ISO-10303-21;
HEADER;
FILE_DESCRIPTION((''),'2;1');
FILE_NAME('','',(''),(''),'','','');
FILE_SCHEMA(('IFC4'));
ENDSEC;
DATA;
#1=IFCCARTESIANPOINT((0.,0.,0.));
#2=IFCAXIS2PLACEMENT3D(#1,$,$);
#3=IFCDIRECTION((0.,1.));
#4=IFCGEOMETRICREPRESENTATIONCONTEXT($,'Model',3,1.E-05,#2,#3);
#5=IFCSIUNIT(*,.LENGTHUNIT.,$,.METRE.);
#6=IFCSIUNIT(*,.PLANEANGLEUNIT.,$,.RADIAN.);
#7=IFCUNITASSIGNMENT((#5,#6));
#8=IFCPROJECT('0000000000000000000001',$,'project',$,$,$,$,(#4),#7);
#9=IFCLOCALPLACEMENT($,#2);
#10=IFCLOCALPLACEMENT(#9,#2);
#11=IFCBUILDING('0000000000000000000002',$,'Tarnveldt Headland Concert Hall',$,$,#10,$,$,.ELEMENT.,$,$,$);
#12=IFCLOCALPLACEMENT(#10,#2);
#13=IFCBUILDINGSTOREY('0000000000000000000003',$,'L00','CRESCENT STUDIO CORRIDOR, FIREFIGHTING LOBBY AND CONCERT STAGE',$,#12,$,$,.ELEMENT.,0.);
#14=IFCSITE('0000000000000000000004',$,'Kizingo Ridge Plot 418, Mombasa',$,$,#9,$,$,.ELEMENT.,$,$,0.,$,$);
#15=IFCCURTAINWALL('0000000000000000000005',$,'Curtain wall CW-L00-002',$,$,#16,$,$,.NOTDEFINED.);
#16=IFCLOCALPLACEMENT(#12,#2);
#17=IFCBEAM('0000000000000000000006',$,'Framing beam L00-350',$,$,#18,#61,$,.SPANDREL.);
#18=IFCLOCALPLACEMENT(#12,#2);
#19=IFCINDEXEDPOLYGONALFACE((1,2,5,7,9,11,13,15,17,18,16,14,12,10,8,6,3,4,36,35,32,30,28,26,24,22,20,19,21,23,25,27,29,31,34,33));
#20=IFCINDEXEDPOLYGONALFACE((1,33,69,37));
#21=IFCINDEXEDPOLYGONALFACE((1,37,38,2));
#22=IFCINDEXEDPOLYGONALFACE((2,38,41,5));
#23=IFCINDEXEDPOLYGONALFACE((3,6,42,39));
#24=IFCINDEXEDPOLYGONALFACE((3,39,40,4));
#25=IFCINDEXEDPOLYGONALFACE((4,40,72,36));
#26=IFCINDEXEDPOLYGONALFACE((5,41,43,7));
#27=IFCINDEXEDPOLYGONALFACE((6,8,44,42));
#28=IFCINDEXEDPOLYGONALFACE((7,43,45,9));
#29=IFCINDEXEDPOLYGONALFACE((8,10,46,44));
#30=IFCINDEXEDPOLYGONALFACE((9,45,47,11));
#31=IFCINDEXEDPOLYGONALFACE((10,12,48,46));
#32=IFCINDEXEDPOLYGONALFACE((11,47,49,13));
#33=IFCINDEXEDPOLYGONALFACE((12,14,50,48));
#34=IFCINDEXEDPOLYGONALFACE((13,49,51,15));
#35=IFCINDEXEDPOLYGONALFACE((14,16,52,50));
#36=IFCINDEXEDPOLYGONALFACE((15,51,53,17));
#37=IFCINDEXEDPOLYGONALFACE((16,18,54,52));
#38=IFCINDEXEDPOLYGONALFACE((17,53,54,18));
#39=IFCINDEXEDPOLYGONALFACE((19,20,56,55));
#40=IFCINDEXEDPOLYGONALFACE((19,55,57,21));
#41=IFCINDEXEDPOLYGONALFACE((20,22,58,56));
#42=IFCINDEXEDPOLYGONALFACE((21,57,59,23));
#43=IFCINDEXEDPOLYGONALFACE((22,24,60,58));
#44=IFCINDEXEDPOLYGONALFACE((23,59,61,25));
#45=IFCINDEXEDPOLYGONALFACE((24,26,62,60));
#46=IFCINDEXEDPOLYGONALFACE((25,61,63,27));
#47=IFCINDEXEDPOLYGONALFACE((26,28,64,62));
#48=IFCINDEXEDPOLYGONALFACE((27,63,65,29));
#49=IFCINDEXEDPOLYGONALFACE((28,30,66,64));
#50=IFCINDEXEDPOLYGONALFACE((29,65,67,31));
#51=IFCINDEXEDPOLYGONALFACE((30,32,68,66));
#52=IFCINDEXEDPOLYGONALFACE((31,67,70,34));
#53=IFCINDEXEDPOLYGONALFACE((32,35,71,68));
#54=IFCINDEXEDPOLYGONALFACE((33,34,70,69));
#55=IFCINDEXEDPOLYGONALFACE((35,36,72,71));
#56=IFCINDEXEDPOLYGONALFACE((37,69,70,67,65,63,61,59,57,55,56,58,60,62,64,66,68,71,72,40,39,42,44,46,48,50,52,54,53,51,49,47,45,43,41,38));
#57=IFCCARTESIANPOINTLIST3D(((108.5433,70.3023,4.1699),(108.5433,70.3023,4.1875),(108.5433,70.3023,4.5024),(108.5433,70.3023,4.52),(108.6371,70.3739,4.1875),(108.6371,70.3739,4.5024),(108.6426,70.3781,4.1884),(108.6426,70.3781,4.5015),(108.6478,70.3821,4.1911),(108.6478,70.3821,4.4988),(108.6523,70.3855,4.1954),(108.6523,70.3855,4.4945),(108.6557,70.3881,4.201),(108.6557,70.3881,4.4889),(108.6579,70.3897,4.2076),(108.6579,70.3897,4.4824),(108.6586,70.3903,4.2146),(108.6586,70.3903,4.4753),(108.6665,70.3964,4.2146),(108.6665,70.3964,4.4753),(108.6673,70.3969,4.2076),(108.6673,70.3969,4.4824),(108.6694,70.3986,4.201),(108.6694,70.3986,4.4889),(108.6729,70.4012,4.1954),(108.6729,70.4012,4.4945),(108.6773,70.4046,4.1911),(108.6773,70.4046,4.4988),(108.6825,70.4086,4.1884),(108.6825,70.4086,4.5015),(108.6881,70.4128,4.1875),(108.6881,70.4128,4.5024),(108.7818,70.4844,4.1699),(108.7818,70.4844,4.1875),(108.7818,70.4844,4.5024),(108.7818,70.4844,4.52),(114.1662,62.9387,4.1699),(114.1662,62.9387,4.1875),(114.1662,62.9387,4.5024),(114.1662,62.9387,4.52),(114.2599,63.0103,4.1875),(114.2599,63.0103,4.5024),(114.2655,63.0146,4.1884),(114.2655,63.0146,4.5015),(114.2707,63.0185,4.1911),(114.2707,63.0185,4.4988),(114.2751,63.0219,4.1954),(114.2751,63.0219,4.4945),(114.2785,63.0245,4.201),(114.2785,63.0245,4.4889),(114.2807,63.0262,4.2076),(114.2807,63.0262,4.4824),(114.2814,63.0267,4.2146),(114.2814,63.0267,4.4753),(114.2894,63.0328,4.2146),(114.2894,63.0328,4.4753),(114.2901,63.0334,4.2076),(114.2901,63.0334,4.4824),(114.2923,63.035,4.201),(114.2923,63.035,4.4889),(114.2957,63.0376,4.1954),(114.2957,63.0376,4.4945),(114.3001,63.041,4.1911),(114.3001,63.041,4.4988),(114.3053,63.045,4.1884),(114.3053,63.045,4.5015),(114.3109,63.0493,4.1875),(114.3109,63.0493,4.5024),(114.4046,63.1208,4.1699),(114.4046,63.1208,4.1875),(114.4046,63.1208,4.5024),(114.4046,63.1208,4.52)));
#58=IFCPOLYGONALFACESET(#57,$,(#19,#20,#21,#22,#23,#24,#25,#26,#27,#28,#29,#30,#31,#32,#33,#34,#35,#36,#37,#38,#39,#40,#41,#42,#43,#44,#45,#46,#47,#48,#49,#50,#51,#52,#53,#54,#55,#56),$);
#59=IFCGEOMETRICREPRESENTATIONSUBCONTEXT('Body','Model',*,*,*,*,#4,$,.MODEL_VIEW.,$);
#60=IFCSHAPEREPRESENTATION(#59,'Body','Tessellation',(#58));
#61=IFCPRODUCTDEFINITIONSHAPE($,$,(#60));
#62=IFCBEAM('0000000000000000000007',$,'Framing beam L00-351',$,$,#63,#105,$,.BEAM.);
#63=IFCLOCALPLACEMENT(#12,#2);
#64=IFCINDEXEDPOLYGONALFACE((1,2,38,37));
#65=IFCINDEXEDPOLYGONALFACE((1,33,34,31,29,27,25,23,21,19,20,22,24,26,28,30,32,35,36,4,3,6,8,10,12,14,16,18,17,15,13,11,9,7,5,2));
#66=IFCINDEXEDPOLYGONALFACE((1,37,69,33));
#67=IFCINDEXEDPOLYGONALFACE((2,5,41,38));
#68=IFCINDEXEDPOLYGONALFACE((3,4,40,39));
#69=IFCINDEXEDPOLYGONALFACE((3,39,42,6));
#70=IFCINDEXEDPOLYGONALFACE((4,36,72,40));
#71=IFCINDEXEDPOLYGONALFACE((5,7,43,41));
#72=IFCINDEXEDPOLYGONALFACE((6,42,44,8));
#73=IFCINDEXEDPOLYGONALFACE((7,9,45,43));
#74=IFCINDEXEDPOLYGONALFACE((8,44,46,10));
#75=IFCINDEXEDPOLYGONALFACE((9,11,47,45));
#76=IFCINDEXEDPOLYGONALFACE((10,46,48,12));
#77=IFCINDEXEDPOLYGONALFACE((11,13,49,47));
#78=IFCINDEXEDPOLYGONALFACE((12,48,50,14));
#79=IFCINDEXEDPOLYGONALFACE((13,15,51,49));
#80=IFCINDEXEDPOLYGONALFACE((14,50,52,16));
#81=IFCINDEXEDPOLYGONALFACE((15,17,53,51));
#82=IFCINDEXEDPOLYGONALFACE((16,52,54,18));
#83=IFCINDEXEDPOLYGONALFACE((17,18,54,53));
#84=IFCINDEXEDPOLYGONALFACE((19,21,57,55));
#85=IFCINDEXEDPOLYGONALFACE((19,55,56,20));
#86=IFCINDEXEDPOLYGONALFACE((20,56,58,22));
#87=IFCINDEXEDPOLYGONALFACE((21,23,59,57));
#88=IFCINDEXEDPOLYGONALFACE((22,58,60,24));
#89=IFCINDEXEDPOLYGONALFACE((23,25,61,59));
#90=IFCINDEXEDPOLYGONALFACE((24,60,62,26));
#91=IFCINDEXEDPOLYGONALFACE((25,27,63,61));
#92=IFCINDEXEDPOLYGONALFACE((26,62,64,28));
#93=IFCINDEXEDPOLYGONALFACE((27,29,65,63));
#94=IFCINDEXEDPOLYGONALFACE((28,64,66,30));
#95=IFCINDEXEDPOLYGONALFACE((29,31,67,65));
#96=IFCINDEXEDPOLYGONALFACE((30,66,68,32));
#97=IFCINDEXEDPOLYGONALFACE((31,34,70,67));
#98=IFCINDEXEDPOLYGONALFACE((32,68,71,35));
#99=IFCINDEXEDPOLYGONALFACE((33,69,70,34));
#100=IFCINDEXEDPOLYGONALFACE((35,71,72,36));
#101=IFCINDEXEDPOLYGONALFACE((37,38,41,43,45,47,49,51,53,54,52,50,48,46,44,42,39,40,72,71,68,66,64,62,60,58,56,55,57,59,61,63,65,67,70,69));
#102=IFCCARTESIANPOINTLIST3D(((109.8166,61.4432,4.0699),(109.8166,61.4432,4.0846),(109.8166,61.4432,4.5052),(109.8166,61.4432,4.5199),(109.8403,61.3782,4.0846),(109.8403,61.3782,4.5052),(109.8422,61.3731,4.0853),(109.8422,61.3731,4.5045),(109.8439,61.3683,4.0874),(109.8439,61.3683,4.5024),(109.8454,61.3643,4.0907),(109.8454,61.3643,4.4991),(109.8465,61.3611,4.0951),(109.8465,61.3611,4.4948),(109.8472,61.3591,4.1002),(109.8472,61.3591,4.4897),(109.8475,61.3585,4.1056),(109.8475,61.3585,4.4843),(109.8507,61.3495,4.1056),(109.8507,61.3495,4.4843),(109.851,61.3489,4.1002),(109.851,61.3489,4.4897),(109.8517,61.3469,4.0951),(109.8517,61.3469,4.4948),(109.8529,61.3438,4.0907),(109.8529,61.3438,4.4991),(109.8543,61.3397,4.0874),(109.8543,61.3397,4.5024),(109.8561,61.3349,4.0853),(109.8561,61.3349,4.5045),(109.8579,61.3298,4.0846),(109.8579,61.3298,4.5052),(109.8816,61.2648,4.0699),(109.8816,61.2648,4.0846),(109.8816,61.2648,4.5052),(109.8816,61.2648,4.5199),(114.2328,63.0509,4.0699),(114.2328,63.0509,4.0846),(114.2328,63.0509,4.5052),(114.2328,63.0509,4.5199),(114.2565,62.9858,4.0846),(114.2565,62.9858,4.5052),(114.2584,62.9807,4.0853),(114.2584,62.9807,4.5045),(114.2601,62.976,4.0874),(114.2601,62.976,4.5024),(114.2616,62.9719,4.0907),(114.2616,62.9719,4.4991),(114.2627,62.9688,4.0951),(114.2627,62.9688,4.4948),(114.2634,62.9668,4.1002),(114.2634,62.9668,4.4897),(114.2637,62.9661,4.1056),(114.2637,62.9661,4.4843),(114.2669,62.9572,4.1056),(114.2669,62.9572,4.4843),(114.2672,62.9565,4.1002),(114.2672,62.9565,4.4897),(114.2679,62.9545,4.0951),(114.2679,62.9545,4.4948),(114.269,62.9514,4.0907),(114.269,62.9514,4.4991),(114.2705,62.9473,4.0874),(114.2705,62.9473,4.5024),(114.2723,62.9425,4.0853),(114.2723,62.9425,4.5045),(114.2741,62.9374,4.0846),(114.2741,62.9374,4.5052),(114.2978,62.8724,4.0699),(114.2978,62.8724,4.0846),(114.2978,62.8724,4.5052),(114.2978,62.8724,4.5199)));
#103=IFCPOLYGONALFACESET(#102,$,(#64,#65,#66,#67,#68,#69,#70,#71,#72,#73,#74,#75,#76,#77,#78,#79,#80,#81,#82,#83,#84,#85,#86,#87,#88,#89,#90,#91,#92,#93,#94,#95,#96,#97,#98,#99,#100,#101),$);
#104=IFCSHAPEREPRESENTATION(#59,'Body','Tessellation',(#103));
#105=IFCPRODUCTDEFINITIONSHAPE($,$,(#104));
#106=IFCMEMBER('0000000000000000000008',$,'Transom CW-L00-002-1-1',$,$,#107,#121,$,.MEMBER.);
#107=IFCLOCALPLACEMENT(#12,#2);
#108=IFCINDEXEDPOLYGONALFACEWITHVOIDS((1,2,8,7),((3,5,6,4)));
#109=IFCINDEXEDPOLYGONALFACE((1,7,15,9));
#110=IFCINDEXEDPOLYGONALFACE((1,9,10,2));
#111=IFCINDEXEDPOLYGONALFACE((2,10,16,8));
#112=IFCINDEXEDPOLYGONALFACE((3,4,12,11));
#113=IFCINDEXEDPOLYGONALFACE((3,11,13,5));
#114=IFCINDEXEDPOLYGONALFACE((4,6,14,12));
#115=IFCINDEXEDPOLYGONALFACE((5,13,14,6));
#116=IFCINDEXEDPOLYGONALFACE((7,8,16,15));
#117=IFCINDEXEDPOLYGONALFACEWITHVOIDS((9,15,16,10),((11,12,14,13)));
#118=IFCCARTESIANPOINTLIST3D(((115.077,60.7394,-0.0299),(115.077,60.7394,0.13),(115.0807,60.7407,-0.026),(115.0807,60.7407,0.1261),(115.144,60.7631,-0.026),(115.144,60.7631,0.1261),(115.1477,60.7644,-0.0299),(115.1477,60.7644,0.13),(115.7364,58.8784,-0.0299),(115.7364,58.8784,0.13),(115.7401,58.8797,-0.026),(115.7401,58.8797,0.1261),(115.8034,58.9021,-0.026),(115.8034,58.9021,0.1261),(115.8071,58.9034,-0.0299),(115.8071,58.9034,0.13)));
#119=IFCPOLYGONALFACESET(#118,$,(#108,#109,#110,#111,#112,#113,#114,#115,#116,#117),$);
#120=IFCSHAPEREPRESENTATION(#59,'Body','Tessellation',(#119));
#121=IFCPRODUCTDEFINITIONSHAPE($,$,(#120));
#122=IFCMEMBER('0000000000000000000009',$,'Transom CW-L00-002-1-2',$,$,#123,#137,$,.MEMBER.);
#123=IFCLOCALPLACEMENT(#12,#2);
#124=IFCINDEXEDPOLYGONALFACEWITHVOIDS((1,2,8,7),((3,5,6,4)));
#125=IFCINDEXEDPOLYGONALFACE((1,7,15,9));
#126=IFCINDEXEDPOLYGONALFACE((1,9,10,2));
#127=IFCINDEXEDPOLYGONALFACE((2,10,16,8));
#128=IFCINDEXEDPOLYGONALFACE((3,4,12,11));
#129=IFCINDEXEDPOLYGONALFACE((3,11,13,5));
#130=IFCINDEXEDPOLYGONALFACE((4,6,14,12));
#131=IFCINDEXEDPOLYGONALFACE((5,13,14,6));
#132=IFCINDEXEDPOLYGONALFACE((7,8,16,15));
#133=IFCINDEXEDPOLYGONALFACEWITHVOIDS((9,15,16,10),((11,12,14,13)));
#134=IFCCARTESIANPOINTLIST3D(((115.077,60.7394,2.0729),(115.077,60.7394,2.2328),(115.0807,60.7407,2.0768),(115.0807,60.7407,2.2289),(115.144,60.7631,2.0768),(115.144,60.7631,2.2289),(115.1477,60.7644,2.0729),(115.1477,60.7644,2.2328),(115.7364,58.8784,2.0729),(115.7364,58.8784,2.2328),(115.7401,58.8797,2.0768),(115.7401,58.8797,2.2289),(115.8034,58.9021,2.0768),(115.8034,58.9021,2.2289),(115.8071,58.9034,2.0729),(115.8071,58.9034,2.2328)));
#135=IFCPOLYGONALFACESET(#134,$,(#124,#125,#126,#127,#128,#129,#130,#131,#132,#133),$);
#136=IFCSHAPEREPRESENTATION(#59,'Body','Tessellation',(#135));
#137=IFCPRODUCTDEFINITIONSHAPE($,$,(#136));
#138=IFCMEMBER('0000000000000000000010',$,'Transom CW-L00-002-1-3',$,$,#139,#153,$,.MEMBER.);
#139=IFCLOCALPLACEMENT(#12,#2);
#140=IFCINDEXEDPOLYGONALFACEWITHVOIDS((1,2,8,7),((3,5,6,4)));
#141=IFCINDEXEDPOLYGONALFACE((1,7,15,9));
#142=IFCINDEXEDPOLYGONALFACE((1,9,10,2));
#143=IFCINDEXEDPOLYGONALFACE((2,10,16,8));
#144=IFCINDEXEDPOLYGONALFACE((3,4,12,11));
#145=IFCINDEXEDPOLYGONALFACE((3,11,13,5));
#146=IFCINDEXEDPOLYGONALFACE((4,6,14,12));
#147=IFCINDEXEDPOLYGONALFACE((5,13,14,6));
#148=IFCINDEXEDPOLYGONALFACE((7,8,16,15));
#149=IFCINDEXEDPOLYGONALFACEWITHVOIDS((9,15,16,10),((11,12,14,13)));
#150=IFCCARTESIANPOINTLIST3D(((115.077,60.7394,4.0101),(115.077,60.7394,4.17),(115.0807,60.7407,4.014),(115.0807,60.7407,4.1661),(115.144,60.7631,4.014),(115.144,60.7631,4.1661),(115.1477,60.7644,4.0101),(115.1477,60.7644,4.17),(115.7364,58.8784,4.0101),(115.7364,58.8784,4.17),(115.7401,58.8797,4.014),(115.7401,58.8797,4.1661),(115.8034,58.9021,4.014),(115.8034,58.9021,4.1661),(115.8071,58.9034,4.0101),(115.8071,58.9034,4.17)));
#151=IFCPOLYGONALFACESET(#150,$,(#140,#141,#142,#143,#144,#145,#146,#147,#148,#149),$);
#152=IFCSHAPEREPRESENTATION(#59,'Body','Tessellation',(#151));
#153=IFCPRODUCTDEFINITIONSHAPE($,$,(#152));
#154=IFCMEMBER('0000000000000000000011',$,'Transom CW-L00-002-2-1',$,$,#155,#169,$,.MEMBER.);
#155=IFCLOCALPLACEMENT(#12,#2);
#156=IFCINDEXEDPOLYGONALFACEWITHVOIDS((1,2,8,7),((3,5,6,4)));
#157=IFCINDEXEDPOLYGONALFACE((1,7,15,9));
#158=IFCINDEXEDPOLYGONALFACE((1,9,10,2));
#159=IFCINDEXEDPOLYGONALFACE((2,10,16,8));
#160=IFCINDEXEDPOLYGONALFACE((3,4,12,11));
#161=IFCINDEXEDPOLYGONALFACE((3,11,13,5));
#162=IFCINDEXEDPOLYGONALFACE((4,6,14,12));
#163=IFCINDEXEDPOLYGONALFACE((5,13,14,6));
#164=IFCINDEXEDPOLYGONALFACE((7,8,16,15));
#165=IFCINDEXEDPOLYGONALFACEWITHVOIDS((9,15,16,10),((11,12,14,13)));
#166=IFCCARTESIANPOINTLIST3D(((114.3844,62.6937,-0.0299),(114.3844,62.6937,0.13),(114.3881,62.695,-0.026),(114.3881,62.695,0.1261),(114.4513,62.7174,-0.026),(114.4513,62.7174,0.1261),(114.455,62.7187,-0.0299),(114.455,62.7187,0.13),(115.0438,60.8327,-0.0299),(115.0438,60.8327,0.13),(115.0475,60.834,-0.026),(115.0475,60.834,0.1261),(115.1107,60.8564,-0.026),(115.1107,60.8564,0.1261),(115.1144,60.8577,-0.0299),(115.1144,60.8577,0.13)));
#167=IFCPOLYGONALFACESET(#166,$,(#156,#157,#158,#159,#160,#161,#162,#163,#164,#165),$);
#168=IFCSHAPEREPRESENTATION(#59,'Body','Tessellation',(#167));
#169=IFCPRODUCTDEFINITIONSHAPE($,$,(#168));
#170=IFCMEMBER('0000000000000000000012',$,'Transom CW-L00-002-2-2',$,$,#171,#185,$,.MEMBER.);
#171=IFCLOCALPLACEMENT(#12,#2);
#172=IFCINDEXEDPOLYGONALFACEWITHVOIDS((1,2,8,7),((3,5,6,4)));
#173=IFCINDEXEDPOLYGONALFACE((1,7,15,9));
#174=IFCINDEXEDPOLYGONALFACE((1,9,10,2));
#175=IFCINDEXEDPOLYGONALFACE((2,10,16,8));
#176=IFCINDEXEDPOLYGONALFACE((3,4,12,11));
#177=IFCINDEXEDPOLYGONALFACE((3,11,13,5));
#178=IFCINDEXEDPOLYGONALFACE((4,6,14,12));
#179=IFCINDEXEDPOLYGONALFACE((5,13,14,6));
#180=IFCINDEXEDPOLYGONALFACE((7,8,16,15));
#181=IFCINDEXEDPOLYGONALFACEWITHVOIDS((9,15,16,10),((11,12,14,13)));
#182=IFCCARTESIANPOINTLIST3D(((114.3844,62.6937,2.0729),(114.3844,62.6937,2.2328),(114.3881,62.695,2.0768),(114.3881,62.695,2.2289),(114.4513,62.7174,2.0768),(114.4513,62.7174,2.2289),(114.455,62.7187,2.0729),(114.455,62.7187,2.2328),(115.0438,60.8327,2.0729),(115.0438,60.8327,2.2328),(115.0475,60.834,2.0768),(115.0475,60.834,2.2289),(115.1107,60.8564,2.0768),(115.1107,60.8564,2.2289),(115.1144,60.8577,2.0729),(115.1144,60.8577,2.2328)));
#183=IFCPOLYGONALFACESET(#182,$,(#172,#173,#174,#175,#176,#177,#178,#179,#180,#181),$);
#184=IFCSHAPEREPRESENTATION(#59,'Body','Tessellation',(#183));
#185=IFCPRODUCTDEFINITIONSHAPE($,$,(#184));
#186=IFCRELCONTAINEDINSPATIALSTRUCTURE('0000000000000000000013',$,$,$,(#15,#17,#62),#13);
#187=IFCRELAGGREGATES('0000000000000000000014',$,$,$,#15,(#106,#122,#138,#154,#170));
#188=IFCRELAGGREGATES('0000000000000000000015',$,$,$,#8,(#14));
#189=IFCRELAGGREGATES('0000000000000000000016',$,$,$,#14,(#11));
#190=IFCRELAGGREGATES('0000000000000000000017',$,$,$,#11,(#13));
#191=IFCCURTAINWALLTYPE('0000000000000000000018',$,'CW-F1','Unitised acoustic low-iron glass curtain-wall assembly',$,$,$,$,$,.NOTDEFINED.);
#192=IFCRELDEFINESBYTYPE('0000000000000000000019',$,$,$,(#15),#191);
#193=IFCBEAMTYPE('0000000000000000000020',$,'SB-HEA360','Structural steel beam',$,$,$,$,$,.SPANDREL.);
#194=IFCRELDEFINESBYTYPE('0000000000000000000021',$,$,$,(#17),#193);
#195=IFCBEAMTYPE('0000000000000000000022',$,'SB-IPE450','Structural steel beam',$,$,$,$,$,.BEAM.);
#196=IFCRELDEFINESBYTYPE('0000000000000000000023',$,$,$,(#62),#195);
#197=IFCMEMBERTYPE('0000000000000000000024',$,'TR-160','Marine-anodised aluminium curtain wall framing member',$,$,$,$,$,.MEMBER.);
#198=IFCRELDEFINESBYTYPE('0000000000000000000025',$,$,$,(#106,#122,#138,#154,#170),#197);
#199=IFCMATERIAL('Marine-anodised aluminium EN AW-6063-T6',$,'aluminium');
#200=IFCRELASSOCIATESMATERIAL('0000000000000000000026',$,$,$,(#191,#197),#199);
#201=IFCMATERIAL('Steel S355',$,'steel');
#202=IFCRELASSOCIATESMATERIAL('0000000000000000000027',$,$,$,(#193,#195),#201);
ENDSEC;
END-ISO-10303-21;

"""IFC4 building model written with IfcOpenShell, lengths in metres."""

from ifc_helpers import new_model, si_unit, direction, frame, origin, origin_2d, place, context, subcontext, project, spatial, hollow_rectangle, i_section, extrude, material, material_profile, profile_set, type_object, element, aggregate, save


model = new_model("IFC4")

# Units and contexts
model_context = context("Model", 3, precision=1e-05, world=origin(), true_north=direction((0.0, 1.0)))
body_context = subcontext(model_context, "Body", "Model", "MODEL_VIEW")
ifc_project = project(units=[si_unit("LENGTHUNIT", "METRE"), si_unit("PLANEANGLEUNIT", "RADIAN")], contexts=[model_context])

# Site, building, storey
site_placement = place(None, origin())
site = spatial("IfcSite", under=ifc_project, at=site_placement, Name="Kizingo Ridge Plot 418, Mombasa", CompositionType="ELEMENT", RefElevation=0.0)
building_placement = place(site_placement, origin())
building = spatial("IfcBuilding", under=site, at=building_placement, Name="Tarnveldt Headland Concert Hall", CompositionType="ELEMENT")
storey_placement = place(building_placement, origin())
storey = spatial("IfcBuildingStorey", under=building, at=storey_placement, Name="L00", Description="CRESCENT STUDIO CORRIDOR, FIREFIGHTING LOBBY AND CONCERT STAGE", CompositionType="ELEMENT", Elevation=0.0)

# Shared definitions
ifc_material_1 = material(Name="Steel S355", Category="steel")

# Shared definitions
ifc_material_2 = material(Name="Marine-anodised aluminium EN AW-6063-T6", Category="aluminium")
curtain_wall_type = type_object("IfcCurtainWallType", Name="CW-F1", Description="Unitised acoustic low-iron glass curtain-wall assembly", PredefinedType="NOTDEFINED", material=ifc_material_2)

# Curtain wall
curtain_wall_1_placement = place(storey_placement, origin())
curtain_wall_1 = element("IfcCurtainWall", 1, at=curtain_wall_1_placement, inside=storey, type_object=curtain_wall_type, Name="Curtain wall CW-L00-002", PredefinedType="NOTDEFINED")

# Beams
ifc_material_profile_1 = material_profile(ifc_material_1, i_section(OverallWidth=0.3, OverallDepth=0.3501, WebThickness=0.01, FlangeThickness=0.0176, FilletRadius=0.0271, at=origin_2d()), Name="HEA360", Category="steel")
ifc_profile_set_1 = profile_set([ifc_material_profile_1], Name="Steel S355")
beam_type_1 = type_object("IfcBeamType", Name="SB-HEA360", Description="Structural steel beam", PredefinedType="SPANDREL", material=ifc_profile_set_1)
beam_1_placement = place(storey_placement, frame((114.2854, 63.0298, 4.345), z_axis=(-0.606896, 0.794781, 0.0), x_axis=(-0.794781, -0.606896, 0.0)))
element("IfcBeam", 2, at=beam_1_placement, inside=storey, type_object=beam_type_1, Name="Framing beam L00-350", PredefinedType="SPANDREL", context=body_context, shape_type="SweptSolid", body=[
    extrude(i_section(OverallWidth=0.3, OverallDepth=0.3501, WebThickness=0.01, FlangeThickness=0.0176, FilletRadius=0.0271, at=origin_2d()), origin(), (0.0, 0.0, 1.0), 9.2649),
])
ifc_material_profile_2 = material_profile(ifc_material_1, i_section(OverallWidth=0.1899, OverallDepth=0.45, WebThickness=0.0095, FlangeThickness=0.0146, FilletRadius=0.021, at=origin_2d()), Name="IPE450", Category="steel")
ifc_profile_set_2 = profile_set([ifc_material_profile_2], Name="Steel S355")
beam_type_2 = type_object("IfcBeamType", Name="SB-IPE450", Description="Structural steel beam", PredefinedType="BEAM", material=ifc_profile_set_2)
beam_2_placement = place(storey_placement, frame((109.8491, 61.354, 4.2949), z_axis=(0.939674, 0.342073, 0.0), x_axis=(-0.342073, 0.939674, 0.0)))
element("IfcBeam", 3, at=beam_2_placement, inside=storey, type_object=beam_type_2, Name="Framing beam L00-351", PredefinedType="BEAM", context=body_context, shape_type="SweptSolid", body=[
    extrude(i_section(OverallWidth=0.1899, OverallDepth=0.45, WebThickness=0.0095, FlangeThickness=0.0146, FilletRadius=0.021, at=origin_2d()), origin(), (0.0, 0.0, 1.0), 4.6997),
])

# Members
ifc_material_profile_3 = material_profile(ifc_material_2, hollow_rectangle(XDim=0.075, YDim=0.1599, WallThickness=0.0039, at=origin_2d()), Name="ALU TRANSOM 75x160x4", Category="aluminium")
ifc_profile_set_3 = profile_set([ifc_material_profile_3], Name="Marine-anodised aluminium EN AW-6063-T6")
member_type_1 = type_object("IfcMemberType", Name="TR-160", Description="Marine-anodised aluminium curtain wall framing member", PredefinedType="MEMBER", material=ifc_profile_set_3)
member_1_placement = place(storey_placement, frame((115.7717, 58.8909, 0.05), z_axis=(-0.333978, 0.942581, 0.0), x_axis=(-0.942581, -0.333978, 0.0)))
member_1 = element("IfcMember", 4, at=member_1_placement, type_object=member_type_1, Name="Transom CW-L00-002-1-1", PredefinedType="MEMBER", context=body_context, shape_type="SweptSolid", body=[
    extrude(hollow_rectangle(XDim=0.075, YDim=0.1599, WallThickness=0.0039, at=origin_2d()), origin(), (0.0, 0.0, 1.0), 1.9744),
])
member_2_placement = place(storey_placement, frame((115.7717, 58.8909, 2.1528), z_axis=(-0.333978, 0.942581, 0.0), x_axis=(-0.942581, -0.333978, 0.0)))
member_2 = element("IfcMember", 5, at=member_2_placement, type_object=member_type_1, Name="Transom CW-L00-002-1-2", PredefinedType="MEMBER", context=body_context, shape_type="SweptSolid", body=[
    extrude(hollow_rectangle(XDim=0.075, YDim=0.1599, WallThickness=0.0039, at=origin_2d()), origin(), (0.0, 0.0, 1.0), 1.9744),
])
member_3_placement = place(storey_placement, frame((115.7717, 58.8909, 4.0901), z_axis=(-0.333978, 0.942581, 0.0), x_axis=(-0.942581, -0.333978, 0.0)))
member_3 = element("IfcMember", 6, at=member_3_placement, type_object=member_type_1, Name="Transom CW-L00-002-1-3", PredefinedType="MEMBER", context=body_context, shape_type="SweptSolid", body=[
    extrude(hollow_rectangle(XDim=0.075, YDim=0.1599, WallThickness=0.0039, at=origin_2d()), origin(), (0.0, 0.0, 1.0), 1.9744),
])
member_4_placement = place(storey_placement, frame((115.0791, 60.8452, 0.05), z_axis=(-0.333978, 0.942581, 0.0), x_axis=(-0.942581, -0.333978, 0.0)))
member_4 = element("IfcMember", 7, at=member_4_placement, type_object=member_type_1, Name="Transom CW-L00-002-2-1", PredefinedType="MEMBER", context=body_context, shape_type="SweptSolid", body=[
    extrude(hollow_rectangle(XDim=0.075, YDim=0.1599, WallThickness=0.0039, at=origin_2d()), origin(), (0.0, 0.0, 1.0), 1.9744),
])
member_5_placement = place(storey_placement, frame((115.0791, 60.8452, 2.1528), z_axis=(-0.333978, 0.942581, 0.0), x_axis=(-0.942581, -0.333978, 0.0)))
member_5 = element("IfcMember", 8, at=member_5_placement, type_object=member_type_1, Name="Transom CW-L00-002-2-2", PredefinedType="MEMBER", context=body_context, shape_type="SweptSolid", body=[
    extrude(hollow_rectangle(XDim=0.075, YDim=0.1599, WallThickness=0.0039, at=origin_2d()), origin(), (0.0, 0.0, 1.0), 1.9744),
])

aggregate(curtain_wall_1, [member_1, member_2, member_3, member_4, member_5])

save(model, "model.ifc")
